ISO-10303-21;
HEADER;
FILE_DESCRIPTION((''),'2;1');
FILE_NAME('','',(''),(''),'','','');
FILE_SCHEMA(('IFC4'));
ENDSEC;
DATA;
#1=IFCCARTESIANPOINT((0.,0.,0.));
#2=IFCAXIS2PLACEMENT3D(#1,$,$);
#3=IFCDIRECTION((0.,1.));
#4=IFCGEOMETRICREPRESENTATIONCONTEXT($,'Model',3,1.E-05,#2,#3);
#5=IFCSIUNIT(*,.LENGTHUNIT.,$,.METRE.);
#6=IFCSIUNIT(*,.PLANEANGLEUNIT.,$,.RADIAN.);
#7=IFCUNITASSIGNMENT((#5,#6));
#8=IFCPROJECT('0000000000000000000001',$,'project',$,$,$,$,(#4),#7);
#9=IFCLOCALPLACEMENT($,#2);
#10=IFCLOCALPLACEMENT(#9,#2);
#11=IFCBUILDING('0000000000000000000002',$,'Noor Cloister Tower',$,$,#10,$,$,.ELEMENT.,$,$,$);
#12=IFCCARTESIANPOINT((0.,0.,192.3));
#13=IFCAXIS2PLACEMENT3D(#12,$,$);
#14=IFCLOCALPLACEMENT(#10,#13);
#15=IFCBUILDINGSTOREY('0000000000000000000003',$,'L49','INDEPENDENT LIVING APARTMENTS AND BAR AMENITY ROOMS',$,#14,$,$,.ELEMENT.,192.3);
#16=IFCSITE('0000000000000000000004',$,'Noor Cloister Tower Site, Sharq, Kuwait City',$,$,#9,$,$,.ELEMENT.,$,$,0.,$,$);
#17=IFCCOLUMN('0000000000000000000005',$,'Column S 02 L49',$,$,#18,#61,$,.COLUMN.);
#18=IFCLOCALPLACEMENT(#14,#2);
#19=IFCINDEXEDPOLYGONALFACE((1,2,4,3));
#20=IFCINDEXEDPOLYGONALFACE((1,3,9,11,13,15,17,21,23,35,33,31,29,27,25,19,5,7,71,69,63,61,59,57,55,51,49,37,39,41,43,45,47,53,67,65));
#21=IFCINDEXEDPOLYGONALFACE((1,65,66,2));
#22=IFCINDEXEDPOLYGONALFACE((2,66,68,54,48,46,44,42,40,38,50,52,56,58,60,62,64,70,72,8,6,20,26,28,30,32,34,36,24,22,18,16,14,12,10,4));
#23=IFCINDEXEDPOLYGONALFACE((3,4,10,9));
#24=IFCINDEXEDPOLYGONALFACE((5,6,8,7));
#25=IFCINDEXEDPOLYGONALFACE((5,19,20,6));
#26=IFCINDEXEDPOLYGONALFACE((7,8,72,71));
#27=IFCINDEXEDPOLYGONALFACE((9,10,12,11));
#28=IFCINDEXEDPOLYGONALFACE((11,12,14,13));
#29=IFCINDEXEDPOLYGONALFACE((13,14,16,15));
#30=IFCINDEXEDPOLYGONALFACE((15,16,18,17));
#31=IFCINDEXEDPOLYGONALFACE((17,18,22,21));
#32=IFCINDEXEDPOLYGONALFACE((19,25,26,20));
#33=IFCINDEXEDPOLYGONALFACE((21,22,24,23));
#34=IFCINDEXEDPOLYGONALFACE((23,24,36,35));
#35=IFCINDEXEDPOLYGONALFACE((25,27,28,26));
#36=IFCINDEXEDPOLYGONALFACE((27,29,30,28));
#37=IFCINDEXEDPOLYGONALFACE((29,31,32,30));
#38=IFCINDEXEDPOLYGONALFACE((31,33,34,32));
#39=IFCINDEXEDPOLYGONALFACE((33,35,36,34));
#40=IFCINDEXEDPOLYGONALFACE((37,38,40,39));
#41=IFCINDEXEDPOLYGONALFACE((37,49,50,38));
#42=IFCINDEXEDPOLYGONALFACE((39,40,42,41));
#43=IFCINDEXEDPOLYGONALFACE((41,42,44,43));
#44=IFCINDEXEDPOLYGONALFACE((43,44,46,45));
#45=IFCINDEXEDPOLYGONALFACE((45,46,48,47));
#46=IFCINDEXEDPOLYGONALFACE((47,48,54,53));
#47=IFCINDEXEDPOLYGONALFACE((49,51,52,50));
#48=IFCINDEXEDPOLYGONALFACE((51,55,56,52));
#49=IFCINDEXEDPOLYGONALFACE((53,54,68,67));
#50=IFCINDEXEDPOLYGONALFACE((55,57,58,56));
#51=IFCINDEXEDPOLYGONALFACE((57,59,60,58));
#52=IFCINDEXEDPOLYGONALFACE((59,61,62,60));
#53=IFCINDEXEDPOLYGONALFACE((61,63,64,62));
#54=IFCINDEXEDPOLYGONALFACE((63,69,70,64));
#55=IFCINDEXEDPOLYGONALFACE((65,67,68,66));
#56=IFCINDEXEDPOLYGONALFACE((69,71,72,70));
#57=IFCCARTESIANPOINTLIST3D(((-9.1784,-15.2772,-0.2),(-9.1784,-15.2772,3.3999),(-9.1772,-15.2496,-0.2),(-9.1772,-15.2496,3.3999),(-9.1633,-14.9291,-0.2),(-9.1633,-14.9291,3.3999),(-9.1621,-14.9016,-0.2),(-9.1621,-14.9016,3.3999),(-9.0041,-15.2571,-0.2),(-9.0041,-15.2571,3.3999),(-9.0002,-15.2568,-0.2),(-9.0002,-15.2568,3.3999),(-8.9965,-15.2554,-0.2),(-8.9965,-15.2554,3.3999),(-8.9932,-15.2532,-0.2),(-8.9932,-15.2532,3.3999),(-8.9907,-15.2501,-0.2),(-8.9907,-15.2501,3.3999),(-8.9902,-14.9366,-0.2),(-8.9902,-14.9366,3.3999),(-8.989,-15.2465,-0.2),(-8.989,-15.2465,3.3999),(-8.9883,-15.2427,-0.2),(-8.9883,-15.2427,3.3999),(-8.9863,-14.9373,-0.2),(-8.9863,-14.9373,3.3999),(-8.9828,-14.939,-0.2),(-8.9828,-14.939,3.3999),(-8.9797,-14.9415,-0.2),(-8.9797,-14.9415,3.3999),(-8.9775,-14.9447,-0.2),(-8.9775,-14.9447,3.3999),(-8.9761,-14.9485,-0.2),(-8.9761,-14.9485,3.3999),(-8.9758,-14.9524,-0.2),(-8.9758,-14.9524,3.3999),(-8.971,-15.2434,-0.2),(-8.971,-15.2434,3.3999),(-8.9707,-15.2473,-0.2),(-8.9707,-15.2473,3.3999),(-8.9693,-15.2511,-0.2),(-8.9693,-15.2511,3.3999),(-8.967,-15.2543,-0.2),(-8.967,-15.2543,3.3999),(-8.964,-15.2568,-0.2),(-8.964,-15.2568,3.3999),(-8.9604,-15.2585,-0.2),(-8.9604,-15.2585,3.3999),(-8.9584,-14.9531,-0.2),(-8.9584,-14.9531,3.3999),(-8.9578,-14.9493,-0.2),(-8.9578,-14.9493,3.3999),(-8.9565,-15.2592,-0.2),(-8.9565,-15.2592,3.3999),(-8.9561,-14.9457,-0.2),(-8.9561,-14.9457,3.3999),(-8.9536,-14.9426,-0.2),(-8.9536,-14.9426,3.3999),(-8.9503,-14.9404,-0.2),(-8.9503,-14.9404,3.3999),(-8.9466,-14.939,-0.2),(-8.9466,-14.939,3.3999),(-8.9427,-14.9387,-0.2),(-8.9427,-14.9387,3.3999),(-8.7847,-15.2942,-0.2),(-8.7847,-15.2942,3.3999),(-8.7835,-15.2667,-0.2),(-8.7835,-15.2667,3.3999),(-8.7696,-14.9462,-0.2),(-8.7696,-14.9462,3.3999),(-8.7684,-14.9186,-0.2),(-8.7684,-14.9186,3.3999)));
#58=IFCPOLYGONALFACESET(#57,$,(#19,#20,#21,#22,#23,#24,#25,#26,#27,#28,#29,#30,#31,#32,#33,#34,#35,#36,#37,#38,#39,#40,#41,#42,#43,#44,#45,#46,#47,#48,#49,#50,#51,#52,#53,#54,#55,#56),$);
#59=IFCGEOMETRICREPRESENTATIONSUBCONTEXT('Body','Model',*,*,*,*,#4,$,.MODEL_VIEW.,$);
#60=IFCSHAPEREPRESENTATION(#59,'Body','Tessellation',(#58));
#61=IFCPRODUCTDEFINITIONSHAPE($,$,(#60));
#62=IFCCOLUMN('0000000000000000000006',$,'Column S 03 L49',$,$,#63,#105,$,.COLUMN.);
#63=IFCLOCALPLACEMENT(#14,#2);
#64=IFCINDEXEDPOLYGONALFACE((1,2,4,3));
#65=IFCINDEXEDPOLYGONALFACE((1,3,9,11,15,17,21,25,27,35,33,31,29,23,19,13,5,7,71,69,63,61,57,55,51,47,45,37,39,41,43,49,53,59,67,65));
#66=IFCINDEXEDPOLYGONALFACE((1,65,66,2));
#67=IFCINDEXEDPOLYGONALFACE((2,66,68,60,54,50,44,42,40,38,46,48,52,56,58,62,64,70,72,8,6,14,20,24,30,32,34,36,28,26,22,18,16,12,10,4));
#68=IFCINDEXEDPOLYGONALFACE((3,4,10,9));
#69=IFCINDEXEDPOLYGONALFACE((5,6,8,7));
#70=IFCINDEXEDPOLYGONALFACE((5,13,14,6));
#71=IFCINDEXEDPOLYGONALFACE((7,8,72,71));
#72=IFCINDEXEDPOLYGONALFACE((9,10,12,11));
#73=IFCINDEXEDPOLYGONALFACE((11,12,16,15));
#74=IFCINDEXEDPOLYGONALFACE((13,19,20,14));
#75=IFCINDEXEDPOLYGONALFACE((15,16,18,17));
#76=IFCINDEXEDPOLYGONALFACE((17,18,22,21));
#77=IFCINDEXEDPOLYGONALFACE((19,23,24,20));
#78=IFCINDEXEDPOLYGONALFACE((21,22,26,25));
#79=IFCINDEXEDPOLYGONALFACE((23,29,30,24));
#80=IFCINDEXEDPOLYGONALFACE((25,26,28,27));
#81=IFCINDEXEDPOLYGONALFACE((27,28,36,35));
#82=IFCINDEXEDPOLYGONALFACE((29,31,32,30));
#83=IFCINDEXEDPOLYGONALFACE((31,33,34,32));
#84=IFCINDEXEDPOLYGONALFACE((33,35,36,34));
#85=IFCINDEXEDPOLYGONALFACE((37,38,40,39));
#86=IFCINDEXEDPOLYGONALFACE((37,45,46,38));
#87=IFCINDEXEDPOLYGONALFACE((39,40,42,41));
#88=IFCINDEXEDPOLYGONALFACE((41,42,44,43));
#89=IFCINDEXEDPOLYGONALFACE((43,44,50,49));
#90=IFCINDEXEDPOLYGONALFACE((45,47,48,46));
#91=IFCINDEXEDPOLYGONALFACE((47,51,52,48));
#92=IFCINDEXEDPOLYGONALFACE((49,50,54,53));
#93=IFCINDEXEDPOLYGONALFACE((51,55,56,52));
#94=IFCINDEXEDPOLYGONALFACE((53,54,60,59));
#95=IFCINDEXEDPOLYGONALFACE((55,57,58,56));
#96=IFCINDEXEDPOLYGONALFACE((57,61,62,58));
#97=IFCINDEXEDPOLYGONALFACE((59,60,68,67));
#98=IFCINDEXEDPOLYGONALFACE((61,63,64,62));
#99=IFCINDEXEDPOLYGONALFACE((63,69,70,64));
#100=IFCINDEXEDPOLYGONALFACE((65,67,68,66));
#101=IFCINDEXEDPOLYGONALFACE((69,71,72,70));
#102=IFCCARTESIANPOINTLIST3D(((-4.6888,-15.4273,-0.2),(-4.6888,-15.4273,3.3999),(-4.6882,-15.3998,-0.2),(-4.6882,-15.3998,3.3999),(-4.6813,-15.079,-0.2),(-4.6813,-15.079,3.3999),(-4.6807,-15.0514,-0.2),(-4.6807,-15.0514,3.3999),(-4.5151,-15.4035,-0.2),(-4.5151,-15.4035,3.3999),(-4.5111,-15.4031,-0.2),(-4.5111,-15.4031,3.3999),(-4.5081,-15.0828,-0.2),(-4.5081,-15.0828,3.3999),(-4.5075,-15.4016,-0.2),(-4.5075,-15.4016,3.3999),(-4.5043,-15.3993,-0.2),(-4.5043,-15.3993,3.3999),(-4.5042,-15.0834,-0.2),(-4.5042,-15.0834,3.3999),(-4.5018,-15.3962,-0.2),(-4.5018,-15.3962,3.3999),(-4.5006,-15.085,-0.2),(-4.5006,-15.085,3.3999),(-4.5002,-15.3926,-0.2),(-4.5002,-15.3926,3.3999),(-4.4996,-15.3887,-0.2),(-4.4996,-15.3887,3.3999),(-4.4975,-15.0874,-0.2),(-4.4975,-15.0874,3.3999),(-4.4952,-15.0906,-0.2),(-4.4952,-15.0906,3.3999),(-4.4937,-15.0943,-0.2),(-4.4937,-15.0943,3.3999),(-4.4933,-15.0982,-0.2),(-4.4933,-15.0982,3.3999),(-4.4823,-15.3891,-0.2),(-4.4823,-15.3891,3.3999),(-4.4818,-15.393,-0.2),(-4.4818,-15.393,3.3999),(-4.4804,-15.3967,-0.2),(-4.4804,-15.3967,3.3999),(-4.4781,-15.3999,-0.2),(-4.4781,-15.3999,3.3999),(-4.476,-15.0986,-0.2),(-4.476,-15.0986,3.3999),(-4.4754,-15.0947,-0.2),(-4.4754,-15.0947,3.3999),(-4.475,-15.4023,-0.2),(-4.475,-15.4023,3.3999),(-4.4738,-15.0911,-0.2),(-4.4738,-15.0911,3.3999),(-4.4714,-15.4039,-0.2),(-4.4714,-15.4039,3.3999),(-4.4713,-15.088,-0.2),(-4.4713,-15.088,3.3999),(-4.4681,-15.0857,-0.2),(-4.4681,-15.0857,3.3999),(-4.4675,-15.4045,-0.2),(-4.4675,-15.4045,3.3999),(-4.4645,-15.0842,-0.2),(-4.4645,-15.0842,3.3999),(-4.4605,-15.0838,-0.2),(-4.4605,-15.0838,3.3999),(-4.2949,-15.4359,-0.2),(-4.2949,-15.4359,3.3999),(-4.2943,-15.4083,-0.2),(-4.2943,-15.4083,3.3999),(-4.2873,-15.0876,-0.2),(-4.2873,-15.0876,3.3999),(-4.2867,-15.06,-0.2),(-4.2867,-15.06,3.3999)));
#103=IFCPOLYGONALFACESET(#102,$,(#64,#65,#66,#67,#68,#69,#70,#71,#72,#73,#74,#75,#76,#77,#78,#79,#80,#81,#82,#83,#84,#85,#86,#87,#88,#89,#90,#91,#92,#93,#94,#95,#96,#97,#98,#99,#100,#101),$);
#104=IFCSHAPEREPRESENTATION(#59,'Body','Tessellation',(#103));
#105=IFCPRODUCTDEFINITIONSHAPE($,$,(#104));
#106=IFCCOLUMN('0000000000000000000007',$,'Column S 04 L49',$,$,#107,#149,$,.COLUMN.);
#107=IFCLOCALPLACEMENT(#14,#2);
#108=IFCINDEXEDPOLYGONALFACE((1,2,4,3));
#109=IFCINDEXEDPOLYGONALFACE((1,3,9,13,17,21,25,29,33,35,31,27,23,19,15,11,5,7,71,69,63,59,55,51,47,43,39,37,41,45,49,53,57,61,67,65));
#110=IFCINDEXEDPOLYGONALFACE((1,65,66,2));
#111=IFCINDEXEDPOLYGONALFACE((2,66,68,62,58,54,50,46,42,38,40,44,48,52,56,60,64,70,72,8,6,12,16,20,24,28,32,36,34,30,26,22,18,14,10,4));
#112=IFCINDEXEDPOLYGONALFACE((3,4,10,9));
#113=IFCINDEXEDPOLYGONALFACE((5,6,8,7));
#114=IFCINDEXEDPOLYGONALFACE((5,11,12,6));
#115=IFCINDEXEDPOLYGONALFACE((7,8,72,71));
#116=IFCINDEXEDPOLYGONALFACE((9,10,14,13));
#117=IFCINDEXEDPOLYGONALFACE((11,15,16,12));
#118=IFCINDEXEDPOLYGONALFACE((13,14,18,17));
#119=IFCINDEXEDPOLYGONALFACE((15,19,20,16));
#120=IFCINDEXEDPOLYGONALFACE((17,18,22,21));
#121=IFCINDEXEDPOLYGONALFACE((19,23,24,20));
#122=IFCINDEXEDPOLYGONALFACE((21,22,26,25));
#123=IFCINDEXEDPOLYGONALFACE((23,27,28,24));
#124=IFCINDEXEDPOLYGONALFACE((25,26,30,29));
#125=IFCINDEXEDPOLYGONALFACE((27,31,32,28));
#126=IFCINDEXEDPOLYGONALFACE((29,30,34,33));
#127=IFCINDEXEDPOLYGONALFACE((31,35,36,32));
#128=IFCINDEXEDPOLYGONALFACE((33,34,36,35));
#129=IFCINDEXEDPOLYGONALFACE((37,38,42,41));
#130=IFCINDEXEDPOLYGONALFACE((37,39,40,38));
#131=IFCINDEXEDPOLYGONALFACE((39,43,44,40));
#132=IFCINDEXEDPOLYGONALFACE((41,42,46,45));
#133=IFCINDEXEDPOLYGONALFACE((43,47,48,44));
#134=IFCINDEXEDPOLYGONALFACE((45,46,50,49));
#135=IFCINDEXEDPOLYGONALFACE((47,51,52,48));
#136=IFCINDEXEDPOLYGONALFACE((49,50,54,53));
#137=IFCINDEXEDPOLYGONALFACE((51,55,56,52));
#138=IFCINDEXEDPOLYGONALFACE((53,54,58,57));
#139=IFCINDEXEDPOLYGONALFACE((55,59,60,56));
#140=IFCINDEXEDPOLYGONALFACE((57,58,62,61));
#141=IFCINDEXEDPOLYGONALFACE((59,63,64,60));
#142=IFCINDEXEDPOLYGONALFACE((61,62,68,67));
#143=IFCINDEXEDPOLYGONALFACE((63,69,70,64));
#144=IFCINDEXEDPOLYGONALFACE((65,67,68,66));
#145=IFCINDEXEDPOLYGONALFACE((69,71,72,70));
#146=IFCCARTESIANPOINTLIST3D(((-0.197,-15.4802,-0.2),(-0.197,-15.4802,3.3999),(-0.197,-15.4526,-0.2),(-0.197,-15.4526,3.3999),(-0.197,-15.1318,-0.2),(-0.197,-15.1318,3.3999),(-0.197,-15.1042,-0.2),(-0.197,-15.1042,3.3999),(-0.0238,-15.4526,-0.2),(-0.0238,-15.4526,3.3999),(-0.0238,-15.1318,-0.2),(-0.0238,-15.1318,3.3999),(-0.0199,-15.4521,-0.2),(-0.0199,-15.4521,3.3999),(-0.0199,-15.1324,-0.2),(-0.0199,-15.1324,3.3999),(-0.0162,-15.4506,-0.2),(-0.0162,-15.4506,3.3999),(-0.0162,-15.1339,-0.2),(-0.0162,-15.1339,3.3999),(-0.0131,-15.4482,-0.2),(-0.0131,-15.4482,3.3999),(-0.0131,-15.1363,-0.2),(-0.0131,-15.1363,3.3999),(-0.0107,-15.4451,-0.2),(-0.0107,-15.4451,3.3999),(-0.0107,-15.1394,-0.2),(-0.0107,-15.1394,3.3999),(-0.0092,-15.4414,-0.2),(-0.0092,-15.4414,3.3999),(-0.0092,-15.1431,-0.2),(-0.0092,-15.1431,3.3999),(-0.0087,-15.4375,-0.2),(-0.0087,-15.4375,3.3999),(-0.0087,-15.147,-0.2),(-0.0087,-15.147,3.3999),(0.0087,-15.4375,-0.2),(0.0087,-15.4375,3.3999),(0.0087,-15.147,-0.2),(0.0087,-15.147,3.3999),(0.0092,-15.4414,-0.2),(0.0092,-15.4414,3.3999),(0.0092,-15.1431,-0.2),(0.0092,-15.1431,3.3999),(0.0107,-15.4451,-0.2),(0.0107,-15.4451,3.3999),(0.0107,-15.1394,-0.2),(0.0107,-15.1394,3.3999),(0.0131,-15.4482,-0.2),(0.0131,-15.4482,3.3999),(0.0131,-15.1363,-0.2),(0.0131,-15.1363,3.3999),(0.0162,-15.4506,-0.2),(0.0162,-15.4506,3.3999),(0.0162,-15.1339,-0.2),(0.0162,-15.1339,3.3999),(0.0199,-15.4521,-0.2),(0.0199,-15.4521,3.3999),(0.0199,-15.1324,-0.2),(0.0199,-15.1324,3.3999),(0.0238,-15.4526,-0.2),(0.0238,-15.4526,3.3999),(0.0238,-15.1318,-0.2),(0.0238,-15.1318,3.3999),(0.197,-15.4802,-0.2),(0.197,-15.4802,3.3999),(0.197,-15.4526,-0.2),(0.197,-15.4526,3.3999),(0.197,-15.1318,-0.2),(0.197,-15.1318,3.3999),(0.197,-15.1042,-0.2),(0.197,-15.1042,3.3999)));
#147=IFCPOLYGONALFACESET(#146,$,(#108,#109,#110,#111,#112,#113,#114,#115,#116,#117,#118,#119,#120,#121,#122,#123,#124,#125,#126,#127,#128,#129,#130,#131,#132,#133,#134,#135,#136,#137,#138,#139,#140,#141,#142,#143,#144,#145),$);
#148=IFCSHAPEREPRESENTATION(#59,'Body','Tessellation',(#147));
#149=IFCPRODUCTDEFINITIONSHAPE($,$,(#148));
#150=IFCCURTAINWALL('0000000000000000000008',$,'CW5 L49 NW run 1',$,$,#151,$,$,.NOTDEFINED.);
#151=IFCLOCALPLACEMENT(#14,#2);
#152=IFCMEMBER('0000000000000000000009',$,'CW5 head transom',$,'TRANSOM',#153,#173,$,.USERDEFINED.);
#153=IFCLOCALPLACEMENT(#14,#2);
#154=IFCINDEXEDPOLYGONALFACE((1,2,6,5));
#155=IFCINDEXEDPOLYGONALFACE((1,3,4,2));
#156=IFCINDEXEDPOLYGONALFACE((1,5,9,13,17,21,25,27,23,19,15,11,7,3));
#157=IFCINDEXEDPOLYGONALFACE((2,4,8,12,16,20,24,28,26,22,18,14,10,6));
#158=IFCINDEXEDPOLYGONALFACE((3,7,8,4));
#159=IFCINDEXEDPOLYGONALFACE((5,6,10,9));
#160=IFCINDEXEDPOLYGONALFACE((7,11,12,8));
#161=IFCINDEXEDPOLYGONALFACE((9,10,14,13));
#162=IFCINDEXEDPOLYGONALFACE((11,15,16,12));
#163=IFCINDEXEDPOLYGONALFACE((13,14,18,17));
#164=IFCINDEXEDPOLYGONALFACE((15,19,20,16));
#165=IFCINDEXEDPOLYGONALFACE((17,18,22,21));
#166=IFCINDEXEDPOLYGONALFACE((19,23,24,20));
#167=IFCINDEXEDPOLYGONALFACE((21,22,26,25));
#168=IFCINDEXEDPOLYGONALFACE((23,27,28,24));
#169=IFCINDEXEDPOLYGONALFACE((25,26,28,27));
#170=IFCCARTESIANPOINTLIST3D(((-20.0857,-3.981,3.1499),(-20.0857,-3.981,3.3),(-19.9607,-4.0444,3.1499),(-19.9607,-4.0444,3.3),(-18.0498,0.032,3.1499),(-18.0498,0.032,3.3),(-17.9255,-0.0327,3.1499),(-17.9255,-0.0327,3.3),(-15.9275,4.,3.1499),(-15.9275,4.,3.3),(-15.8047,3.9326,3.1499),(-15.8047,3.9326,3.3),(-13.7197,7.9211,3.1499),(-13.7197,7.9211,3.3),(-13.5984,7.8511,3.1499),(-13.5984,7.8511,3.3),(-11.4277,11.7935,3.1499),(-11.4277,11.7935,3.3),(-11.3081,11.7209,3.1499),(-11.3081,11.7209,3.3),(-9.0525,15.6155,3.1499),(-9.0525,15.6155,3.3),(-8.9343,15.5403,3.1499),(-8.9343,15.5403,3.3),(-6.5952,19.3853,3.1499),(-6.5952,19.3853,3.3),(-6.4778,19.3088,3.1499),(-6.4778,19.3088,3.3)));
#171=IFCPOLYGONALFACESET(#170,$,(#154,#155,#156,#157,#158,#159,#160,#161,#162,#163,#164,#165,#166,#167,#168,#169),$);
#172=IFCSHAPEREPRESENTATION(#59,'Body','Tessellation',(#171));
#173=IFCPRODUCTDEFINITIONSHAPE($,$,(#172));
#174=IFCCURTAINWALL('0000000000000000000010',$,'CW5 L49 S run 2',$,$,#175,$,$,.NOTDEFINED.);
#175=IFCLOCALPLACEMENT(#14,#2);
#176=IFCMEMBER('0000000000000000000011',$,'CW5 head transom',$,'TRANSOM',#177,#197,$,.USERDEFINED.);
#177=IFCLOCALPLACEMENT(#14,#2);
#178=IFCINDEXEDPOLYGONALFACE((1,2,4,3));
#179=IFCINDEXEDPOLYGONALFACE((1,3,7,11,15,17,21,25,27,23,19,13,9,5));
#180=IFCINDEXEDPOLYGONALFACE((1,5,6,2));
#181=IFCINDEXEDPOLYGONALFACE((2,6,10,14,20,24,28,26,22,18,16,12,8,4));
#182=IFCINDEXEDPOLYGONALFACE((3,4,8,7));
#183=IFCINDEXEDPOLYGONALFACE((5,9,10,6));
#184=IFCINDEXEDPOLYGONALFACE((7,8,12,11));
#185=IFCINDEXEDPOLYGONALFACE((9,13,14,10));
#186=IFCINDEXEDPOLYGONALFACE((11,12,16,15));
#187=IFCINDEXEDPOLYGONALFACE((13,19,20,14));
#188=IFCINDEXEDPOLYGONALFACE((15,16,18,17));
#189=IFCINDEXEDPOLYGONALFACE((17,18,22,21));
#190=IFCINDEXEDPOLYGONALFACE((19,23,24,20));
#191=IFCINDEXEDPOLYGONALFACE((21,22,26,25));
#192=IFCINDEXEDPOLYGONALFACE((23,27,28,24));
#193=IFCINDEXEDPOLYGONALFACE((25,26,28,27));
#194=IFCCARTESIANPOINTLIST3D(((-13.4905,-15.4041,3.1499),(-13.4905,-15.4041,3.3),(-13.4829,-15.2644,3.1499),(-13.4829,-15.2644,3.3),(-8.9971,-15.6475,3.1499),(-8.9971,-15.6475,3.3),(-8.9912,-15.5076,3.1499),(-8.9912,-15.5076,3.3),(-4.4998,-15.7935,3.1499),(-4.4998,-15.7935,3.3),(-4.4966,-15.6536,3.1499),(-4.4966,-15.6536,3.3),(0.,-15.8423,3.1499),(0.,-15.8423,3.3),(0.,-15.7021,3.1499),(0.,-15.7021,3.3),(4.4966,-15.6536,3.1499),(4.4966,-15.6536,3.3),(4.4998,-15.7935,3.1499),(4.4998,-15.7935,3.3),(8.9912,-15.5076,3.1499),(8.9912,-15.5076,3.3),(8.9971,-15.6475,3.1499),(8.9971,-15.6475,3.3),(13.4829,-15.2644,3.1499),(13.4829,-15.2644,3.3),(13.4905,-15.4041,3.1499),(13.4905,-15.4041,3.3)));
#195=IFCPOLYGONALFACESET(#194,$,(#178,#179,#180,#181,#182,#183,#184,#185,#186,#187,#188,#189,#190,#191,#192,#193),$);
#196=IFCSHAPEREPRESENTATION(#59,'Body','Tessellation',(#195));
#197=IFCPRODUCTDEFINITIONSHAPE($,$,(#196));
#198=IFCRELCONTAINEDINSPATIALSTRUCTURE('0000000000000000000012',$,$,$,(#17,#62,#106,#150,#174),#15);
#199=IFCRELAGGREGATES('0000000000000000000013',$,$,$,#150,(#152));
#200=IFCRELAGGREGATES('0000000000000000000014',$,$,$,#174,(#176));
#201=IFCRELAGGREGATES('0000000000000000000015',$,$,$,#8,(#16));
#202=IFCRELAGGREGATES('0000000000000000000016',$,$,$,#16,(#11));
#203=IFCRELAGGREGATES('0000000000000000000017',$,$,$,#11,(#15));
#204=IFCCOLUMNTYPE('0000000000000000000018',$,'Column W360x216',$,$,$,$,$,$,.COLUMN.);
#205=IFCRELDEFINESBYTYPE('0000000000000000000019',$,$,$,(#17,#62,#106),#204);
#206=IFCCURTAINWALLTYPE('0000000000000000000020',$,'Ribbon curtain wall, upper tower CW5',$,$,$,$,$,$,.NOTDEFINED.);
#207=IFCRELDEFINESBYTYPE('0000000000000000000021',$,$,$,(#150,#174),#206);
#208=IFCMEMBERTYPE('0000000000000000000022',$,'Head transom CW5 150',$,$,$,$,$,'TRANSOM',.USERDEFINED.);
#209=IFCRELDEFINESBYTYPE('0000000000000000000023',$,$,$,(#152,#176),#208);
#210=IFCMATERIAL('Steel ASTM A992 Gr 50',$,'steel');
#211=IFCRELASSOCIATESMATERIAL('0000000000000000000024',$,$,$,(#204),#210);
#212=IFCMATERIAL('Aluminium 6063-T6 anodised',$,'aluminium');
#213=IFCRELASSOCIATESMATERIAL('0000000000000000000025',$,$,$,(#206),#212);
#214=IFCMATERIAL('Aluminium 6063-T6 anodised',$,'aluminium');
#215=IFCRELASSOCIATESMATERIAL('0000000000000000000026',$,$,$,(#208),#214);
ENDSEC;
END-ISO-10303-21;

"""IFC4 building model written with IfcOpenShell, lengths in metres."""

from ifc_helpers import new_model, si_unit, direction, frame, origin, origin_2d, place, context, subcontext, project, spatial, polyline, i_section, outline, extrude, material, material_profile, profile_set, type_object, element, aggregate, save


model = new_model("IFC4")

# Units and contexts
model_context = context("Model", 3, precision=1e-05, world=origin(), true_north=direction((0.0, 1.0)))
body_context = subcontext(model_context, "Body", "Model", "MODEL_VIEW")
ifc_project = project(units=[si_unit("LENGTHUNIT", "METRE"), si_unit("PLANEANGLEUNIT", "RADIAN")], contexts=[model_context])

# Site, building, storey
site_placement = place(None, origin())
site = spatial("IfcSite", under=ifc_project, at=site_placement, Name="Noor Cloister Tower Site, Sharq, Kuwait City", CompositionType="ELEMENT", RefElevation=0.0)
building_placement = place(site_placement, origin())
building = spatial("IfcBuilding", under=site, at=building_placement, Name="Noor Cloister Tower", CompositionType="ELEMENT")
storey_placement = place(building_placement, frame((0.0, 0.0, 192.3)))
storey = spatial("IfcBuildingStorey", under=building, at=storey_placement, Name="L49", Description="INDEPENDENT LIVING APARTMENTS AND BAR AMENITY ROOMS", CompositionType="ELEMENT", Elevation=192.3)

# Columns
ifc_material_1 = material(Name="Steel ASTM A992 Gr 50", Category="steel")
ifc_material_profile_1 = material_profile(ifc_material_1, i_section(OverallWidth=0.394, OverallDepth=0.376, WebThickness=0.0173, FlangeThickness=0.0276, FilletRadius=0.0151, at=origin_2d()), Name="W360x216")
ifc_profile_set_1 = profile_set([ifc_material_profile_1], Name="Steel ASTM A992 Gr 50")
column_type = type_object("IfcColumnType", Name="Column W360x216", PredefinedType="COLUMN", material=ifc_profile_set_1)
for number, where, z_axis, x_axis, name in (
    (1, (-8.9734, -15.0979, -0.2), (0.0, 0.0, 1.0), (0.999064, -0.043267, 0.0), "Column S 02 L49"),
    (2, (-4.4878, -15.2437, -0.2), (0.0, 0.0, 1.0), (0.999766, -0.021639, 0.0), "Column S 03 L49"),
    (3, (0.0, -15.2922, -0.2), (0.0, 0.0, 1.0), (1.0, 0.0, 0.0), "Column S 04 L49"),
):
    element("IfcColumn", number, at=place(storey_placement, frame(where, z_axis=z_axis, x_axis=x_axis)), inside=storey, type_object=column_type, Name=name, PredefinedType="COLUMN", context=body_context, shape_type="SweptSolid", body=[
        extrude(i_section(OverallWidth=0.394, OverallDepth=0.376, WebThickness=0.0173, FlangeThickness=0.0276, FilletRadius=0.0151, at=origin_2d()), origin(), (0.0, 0.0, 1.0), 3.5999),
    ])

# Curtain wall, member
ifc_material_2 = material(Name="Aluminium 6063-T6 anodised", Category="aluminium")
curtain_wall_type = type_object("IfcCurtainWallType", Name="Ribbon curtain wall, upper tower CW5", PredefinedType="NOTDEFINED", material=ifc_material_2)
curtain_wall_1_placement = place(storey_placement, origin())
curtain_wall_1 = element("IfcCurtainWall", 4, at=curtain_wall_1_placement, inside=storey, type_object=curtain_wall_type, Name="CW5 L49 NW run 1", PredefinedType="NOTDEFINED")
ifc_material_3 = material(Name="Aluminium 6063-T6 anodised", Category="aluminium")
member_type_1 = type_object("IfcMemberType", Name="Head transom CW5 150", ElementType="TRANSOM", PredefinedType="USERDEFINED", material=ifc_material_3)
member_1_placement = place(storey_placement, frame((0.0, 0.0, 3.1499)))
member_1 = element("IfcMember", 5, at=member_1_placement, type_object=member_type_1, Name="CW5 head transom", ObjectType="TRANSOM", PredefinedType="USERDEFINED", context=body_context, shape_type="SweptSolid", body=[
    extrude(outline(polyline([(-6.5952, 19.3853), (-9.0525, 15.6155), (-11.4277, 11.7935), (-13.7197, 7.9211), (-15.9275, 4.0), (-18.0498, 0.032), (-20.0857, -3.981), (-19.9607, -4.0444), (-17.9255, -0.0327), (-15.8047, 3.9326), (-13.5984, 7.8511), (-11.3081, 11.7209), (-8.9343, 15.5403), (-6.4778, 19.3088), (-6.5952, 19.3853)])), origin(), (0.0, 0.0, 1.0), 0.1501),
])

# Curtain wall, member
curtain_wall_2_placement = place(storey_placement, origin())
curtain_wall_2 = element("IfcCurtainWall", 6, at=curtain_wall_2_placement, inside=storey, type_object=curtain_wall_type, Name="CW5 L49 S run 2", PredefinedType="NOTDEFINED")
member_2_placement = place(storey_placement, frame((0.0, 0.0, 3.1499)))
member_2 = element("IfcMember", 7, at=member_2_placement, type_object=member_type_1, Name="CW5 head transom", ObjectType="TRANSOM", PredefinedType="USERDEFINED", context=body_context, shape_type="SweptSolid", body=[
    extrude(outline(polyline([(-13.4905, -15.4041), (-8.9971, -15.6475), (-4.4998, -15.7935), (0.0, -15.8423), (4.4998, -15.7935), (8.9971, -15.6475), (13.4905, -15.4041), (13.4829, -15.2644), (8.9912, -15.5076), (4.4966, -15.6536), (0.0, -15.7021), (-4.4966, -15.6536), (-8.9912, -15.5076), (-13.4829, -15.2644), (-13.4905, -15.4041)])), origin(), (0.0, 0.0, 1.0), 0.1501),
])

aggregate(curtain_wall_1, [member_1])

aggregate(curtain_wall_2, [member_2])

save(model, "model.ifc")
